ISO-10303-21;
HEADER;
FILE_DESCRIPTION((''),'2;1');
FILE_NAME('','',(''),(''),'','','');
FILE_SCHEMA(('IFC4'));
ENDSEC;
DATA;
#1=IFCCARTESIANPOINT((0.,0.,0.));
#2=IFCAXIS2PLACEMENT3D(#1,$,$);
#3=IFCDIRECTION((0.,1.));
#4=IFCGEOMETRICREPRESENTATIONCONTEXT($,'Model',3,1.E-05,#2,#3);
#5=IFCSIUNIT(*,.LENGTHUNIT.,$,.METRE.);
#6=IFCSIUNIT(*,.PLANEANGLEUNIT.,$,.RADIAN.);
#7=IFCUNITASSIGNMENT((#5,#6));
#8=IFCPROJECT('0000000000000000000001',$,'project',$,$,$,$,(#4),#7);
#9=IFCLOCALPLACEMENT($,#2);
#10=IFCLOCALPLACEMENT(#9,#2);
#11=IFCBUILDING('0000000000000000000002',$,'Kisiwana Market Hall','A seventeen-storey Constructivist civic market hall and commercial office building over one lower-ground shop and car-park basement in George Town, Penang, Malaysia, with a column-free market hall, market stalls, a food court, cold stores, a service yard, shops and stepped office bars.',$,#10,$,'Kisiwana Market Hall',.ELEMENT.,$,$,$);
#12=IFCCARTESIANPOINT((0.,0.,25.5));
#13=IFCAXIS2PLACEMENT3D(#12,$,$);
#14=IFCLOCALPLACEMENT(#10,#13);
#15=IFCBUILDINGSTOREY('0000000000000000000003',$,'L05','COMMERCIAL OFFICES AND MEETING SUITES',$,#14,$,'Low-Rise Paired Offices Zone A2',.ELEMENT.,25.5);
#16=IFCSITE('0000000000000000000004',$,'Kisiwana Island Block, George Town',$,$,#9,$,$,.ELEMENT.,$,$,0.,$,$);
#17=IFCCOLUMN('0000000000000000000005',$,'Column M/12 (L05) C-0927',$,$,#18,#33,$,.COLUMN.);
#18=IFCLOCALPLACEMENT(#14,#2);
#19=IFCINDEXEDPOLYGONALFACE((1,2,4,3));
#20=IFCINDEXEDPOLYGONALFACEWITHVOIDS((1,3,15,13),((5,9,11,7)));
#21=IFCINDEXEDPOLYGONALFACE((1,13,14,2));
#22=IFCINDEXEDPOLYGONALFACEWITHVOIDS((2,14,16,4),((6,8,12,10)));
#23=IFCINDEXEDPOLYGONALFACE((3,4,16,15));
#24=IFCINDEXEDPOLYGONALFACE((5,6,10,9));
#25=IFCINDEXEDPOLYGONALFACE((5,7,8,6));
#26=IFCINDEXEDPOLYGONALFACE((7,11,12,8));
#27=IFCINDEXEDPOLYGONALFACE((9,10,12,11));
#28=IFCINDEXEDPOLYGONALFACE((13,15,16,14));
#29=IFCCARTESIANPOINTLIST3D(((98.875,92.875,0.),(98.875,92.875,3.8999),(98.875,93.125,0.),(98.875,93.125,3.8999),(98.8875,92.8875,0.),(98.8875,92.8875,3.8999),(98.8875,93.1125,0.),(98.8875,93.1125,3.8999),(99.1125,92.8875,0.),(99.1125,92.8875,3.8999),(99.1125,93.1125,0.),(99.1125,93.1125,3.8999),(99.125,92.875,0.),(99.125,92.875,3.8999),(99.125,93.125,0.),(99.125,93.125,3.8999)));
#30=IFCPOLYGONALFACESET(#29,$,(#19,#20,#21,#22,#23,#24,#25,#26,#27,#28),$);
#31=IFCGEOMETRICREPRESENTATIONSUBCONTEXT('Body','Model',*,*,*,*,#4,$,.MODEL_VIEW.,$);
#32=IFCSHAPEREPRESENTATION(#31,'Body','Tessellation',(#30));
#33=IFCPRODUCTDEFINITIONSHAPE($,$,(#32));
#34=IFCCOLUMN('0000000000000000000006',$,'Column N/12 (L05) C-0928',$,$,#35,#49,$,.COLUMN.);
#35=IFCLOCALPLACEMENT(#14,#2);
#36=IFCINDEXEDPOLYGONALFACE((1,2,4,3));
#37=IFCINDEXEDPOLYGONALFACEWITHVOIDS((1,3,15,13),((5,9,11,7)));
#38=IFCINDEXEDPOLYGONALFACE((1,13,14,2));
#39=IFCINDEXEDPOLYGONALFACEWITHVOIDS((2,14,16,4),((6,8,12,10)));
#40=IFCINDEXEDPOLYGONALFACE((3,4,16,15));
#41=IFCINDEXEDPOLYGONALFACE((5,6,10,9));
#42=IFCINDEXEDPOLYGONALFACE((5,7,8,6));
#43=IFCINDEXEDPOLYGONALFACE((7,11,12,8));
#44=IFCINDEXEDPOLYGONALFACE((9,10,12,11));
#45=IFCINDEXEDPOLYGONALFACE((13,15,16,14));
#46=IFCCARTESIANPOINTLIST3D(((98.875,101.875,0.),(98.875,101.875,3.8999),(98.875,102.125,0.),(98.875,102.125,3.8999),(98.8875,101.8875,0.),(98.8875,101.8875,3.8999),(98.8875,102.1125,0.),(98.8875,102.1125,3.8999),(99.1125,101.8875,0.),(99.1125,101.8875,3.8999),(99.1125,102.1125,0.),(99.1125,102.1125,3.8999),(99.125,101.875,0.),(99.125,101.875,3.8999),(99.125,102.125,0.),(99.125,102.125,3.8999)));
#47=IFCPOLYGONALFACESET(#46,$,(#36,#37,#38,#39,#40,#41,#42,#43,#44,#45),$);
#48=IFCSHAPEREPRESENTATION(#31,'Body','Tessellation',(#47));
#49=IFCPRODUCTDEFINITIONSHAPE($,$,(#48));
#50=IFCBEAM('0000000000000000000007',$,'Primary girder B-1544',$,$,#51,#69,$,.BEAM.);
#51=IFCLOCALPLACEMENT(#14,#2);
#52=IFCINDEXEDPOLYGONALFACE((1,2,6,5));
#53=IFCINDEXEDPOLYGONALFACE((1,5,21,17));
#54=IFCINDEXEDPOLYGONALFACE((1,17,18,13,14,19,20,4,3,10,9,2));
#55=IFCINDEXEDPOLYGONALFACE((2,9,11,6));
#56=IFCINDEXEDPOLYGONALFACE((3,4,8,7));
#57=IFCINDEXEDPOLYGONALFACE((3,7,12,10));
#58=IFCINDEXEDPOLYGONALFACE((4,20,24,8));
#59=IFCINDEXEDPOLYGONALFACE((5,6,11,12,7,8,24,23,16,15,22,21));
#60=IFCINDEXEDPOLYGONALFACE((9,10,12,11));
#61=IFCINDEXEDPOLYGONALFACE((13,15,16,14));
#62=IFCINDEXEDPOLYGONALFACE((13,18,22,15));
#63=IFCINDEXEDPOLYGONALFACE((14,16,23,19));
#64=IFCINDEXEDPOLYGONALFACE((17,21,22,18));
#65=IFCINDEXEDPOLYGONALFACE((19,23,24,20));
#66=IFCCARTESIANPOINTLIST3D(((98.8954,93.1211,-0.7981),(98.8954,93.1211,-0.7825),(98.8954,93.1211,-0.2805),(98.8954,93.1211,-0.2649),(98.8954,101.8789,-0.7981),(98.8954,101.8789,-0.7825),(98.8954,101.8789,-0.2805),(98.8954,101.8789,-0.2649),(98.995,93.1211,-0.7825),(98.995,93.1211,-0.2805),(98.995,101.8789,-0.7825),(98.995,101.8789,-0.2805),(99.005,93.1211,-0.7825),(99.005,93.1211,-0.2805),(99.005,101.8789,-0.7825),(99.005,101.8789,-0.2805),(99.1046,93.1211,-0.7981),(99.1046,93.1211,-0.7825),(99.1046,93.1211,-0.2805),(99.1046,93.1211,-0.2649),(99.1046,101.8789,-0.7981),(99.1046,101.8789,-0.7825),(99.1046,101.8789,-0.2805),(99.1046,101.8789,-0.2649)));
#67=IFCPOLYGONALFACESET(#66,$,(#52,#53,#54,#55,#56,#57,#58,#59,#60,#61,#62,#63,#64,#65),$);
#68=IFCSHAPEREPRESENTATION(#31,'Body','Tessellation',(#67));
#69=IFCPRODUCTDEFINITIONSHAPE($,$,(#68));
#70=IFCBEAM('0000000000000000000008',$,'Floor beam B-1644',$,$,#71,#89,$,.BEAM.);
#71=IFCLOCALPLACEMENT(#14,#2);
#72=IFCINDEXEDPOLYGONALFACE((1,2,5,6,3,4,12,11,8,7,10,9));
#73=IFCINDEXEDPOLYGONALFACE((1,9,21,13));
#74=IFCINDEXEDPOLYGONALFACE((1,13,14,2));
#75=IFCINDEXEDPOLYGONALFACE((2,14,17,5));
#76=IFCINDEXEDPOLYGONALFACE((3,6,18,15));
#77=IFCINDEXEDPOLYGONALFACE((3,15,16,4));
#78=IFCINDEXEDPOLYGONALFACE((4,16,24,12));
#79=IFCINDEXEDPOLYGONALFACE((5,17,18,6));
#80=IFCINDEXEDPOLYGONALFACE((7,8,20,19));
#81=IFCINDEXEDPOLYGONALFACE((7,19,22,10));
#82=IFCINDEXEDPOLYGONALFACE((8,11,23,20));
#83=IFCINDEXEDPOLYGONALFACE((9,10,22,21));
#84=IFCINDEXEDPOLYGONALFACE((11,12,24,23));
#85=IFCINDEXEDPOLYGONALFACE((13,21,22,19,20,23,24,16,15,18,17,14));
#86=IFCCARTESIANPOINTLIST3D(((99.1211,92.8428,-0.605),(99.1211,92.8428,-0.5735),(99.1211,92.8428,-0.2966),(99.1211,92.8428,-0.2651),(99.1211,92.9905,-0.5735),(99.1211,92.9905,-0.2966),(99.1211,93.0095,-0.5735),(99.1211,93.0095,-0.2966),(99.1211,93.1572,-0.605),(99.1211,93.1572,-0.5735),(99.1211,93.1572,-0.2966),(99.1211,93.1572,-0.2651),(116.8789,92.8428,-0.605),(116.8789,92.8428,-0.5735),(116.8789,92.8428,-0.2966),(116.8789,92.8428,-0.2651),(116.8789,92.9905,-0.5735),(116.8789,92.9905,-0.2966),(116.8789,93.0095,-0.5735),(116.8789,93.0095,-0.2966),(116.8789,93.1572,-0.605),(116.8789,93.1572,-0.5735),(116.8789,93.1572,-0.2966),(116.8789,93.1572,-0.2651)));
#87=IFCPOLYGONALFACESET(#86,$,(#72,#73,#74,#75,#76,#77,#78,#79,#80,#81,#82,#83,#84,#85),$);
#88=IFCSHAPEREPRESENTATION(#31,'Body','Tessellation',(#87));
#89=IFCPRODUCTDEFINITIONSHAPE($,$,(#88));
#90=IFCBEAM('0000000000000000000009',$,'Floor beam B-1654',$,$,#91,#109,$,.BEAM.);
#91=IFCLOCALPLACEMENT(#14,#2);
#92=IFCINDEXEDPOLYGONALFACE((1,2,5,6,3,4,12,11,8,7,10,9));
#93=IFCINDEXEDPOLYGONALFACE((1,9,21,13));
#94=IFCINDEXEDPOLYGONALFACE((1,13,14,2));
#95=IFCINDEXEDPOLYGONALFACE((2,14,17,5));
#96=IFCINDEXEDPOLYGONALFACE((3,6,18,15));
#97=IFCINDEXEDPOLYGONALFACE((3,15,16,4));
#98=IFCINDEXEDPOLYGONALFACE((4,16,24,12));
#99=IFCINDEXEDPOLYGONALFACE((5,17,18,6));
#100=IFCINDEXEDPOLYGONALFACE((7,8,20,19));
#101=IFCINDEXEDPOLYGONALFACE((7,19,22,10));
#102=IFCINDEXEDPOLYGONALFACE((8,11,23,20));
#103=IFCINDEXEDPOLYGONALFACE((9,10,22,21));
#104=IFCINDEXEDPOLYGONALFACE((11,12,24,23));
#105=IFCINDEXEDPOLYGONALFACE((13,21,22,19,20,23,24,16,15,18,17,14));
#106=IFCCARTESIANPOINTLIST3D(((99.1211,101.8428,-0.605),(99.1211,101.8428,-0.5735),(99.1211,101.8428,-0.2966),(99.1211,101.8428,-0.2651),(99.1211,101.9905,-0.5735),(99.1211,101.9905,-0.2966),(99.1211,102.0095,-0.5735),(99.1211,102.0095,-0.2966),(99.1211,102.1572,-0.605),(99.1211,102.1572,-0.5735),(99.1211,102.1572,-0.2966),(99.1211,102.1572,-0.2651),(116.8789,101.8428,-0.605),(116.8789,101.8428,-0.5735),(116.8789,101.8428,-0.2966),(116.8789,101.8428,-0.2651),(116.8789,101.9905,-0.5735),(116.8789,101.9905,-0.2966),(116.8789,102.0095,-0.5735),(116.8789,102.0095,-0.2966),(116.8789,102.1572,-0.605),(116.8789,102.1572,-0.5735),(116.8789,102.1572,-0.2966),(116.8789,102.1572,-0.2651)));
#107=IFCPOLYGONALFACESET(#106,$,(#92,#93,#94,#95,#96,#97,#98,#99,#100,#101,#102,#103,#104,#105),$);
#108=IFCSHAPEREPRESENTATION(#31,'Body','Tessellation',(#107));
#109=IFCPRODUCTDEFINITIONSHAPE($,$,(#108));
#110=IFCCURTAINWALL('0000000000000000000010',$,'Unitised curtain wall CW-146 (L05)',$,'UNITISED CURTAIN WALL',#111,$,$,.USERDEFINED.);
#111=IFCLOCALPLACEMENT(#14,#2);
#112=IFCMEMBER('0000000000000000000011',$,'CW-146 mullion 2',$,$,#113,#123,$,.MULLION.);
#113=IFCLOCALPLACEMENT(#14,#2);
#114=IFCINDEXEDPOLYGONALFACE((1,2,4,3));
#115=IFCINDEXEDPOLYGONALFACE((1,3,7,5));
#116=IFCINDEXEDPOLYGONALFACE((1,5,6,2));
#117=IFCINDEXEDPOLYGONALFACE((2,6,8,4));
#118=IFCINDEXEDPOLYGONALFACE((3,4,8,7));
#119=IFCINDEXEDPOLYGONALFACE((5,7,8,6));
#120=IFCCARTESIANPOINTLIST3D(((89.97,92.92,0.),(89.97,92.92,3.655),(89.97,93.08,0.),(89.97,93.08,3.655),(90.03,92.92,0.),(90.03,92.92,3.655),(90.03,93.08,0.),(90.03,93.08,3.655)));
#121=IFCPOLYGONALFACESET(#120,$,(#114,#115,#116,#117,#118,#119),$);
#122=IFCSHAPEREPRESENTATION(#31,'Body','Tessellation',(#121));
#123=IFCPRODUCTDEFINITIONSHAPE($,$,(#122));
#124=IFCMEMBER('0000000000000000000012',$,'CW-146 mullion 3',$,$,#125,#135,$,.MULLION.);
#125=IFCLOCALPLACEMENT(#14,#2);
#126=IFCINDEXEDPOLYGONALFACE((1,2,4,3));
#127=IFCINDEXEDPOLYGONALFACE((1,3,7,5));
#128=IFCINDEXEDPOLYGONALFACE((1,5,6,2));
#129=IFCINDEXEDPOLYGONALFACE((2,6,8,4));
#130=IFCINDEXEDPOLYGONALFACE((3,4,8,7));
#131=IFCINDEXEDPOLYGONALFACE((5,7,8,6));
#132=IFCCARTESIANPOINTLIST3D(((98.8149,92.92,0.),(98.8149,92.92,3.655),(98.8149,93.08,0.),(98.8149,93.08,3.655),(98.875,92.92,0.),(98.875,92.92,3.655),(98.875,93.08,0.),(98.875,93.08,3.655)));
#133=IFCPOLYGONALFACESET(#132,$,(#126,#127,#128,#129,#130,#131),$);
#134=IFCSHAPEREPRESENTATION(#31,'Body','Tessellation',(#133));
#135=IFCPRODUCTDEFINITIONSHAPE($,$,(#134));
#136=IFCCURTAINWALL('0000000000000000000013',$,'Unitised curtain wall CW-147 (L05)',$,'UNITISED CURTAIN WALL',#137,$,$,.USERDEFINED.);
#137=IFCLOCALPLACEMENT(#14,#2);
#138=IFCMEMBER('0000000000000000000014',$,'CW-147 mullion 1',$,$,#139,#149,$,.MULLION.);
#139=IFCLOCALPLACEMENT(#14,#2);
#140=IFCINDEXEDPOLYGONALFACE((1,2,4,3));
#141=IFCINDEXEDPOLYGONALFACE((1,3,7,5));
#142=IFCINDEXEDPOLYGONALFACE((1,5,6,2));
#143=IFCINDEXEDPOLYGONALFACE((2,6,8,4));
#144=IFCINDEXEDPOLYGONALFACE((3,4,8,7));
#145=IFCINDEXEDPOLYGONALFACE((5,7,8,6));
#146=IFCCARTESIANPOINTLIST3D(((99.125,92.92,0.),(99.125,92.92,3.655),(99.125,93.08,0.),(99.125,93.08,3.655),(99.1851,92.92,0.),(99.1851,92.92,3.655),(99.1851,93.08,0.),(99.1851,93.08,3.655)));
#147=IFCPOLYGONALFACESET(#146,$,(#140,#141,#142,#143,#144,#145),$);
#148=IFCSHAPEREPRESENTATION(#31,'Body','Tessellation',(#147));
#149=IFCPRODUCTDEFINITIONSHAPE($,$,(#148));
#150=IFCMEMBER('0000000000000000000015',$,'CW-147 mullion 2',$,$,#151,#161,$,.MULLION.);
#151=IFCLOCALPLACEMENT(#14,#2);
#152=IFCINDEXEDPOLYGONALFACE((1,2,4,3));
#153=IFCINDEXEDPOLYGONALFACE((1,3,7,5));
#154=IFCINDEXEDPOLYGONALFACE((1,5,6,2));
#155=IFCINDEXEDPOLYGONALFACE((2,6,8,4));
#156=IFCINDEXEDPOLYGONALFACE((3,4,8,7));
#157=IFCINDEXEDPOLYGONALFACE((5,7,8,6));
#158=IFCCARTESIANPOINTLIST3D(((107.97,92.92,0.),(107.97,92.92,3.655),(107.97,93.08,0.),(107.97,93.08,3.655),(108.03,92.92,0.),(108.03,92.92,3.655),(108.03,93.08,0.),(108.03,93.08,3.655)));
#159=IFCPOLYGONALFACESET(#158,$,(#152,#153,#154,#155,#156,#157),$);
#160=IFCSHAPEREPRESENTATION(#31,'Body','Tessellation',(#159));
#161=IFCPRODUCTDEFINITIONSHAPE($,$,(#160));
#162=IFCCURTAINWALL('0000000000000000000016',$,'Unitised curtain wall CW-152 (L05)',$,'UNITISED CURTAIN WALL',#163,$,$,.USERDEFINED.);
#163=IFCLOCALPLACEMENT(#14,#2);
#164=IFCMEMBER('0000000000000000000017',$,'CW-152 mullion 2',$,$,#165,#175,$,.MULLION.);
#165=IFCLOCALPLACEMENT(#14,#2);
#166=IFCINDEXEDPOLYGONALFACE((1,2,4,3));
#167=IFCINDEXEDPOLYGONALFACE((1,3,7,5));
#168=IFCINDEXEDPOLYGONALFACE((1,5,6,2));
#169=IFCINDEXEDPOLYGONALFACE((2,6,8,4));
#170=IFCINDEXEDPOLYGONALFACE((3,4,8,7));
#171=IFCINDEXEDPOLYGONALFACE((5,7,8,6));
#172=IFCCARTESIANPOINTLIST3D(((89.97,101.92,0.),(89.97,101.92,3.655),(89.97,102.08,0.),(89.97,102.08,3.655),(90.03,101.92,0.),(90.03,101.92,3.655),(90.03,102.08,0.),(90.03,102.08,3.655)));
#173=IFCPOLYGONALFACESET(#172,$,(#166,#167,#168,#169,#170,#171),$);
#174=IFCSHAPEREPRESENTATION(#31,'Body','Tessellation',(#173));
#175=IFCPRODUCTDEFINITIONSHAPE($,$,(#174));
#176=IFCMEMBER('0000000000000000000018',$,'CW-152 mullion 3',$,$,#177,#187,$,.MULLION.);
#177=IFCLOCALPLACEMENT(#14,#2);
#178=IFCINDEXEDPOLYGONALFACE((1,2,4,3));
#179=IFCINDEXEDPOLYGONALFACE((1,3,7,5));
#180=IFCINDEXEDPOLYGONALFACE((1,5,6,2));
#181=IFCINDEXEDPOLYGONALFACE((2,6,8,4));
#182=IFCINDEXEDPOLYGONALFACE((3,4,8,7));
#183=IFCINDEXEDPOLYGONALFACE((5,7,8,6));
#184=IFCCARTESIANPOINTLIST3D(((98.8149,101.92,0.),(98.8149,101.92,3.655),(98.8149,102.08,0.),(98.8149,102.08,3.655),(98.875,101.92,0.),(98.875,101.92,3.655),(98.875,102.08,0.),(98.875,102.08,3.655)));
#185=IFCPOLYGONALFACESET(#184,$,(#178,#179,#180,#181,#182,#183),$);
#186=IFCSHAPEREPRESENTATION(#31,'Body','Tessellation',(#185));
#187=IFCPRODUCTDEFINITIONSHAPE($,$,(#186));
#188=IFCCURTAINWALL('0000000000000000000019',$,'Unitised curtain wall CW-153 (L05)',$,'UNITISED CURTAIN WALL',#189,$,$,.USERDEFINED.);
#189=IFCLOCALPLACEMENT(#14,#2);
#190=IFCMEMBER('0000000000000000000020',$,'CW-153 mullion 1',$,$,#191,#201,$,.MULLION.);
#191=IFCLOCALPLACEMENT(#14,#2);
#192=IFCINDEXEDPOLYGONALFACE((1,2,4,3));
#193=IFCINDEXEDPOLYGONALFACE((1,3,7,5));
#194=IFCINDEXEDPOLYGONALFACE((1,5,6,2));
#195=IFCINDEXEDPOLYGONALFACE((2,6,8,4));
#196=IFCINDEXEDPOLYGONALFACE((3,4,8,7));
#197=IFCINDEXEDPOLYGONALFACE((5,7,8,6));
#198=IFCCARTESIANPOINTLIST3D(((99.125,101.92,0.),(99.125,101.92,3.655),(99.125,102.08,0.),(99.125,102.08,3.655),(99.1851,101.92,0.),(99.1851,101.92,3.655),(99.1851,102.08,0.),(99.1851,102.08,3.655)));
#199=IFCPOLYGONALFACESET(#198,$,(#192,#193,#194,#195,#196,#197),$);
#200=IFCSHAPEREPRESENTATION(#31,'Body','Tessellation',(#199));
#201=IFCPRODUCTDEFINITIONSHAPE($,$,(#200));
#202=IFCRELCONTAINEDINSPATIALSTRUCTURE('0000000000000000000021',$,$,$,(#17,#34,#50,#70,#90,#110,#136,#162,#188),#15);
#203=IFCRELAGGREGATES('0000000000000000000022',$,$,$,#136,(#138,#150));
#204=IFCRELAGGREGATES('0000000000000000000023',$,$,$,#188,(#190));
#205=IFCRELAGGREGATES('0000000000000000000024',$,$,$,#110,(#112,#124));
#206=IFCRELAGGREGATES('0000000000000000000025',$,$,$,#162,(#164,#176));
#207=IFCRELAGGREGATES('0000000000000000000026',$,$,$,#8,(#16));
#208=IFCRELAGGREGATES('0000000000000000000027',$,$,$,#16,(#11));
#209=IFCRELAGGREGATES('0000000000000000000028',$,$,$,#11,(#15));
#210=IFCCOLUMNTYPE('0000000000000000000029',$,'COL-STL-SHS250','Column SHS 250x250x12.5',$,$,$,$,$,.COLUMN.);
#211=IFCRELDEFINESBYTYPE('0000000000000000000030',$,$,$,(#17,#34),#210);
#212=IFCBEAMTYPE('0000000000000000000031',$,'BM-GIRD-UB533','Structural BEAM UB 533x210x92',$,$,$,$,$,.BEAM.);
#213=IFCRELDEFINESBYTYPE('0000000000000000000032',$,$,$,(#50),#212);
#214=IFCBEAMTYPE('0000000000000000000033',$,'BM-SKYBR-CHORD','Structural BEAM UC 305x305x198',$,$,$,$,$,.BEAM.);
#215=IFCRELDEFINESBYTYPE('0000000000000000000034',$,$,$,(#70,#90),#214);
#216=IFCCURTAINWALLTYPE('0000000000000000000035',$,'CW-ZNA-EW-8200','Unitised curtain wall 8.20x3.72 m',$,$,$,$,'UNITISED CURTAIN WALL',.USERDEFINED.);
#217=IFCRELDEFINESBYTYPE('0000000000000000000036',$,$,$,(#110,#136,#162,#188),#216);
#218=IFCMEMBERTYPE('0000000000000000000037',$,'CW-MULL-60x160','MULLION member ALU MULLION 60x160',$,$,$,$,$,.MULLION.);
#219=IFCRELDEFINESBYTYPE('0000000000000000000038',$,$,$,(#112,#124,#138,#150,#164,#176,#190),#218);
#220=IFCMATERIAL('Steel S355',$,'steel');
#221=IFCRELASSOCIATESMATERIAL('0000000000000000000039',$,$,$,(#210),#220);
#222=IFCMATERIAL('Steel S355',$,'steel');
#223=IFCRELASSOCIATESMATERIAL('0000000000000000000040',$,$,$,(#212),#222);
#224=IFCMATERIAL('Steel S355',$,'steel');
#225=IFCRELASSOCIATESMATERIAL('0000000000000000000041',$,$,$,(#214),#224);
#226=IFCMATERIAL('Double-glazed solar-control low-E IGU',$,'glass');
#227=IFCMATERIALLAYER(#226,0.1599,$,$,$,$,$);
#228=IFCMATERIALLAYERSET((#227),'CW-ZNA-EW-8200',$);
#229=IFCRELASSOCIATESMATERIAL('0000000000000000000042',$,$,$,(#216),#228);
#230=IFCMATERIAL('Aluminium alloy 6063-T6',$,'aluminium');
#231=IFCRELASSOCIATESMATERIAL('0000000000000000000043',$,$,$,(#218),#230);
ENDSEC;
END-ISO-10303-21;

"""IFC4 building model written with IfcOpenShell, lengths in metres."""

from ifc_helpers import new_model, si_unit, direction, frame, origin, origin_2d, place, context, subcontext, project, spatial, rectangle, hollow_rectangle, i_section, extrude, material, layer, layer_set, material_profile, profile_set, type_object, element, aggregate, save


model = new_model("IFC4")

# Units and contexts
model_context = context("Model", 3, precision=1e-05, world=origin(), true_north=direction((0.0, 1.0)))
body_context = subcontext(model_context, "Body", "Model", "MODEL_VIEW")
ifc_project = project(units=[si_unit("LENGTHUNIT", "METRE"), si_unit("PLANEANGLEUNIT", "RADIAN")], contexts=[model_context])

# Site, building, storey
site_placement = place(None, origin())
site = spatial("IfcSite", under=ifc_project, at=site_placement, Name="Kisiwana Island Block, George Town", CompositionType="ELEMENT", RefElevation=0.0)
building_placement = place(site_placement, origin())
building = spatial("IfcBuilding", under=site, at=building_placement, Name="Kisiwana Market Hall", Description="A seventeen-storey Constructivist civic market hall and commercial office building over one lower-ground shop and car-park basement in George Town, Penang, Malaysia, with a column-free market hall, market stalls, a food court, cold stores, a service yard, shops and stepped office bars.", LongName="Kisiwana Market Hall", CompositionType="ELEMENT")
storey_placement = place(building_placement, frame((0.0, 0.0, 25.5)))
storey = spatial("IfcBuildingStorey", under=building, at=storey_placement, Name="L05", Description="COMMERCIAL OFFICES AND MEETING SUITES", LongName="Low-Rise Paired Offices Zone A2", CompositionType="ELEMENT", Elevation=25.5)

# Columns
ifc_material_1 = material(Name="Steel S355", Category="steel")
ifc_material_profile_1 = material_profile(ifc_material_1, hollow_rectangle(XDim=0.25, YDim=0.25, WallThickness=0.0125, at=origin_2d()), Name="SHS 250x250x12.5")
ifc_profile_set_1 = profile_set([ifc_material_profile_1], Name="Steel S355")
column_type = type_object("IfcColumnType", Name="COL-STL-SHS250", Description="Column SHS 250x250x12.5", PredefinedType="COLUMN", material=ifc_profile_set_1)
for number, where, z_axis, x_axis, name in (
    (1, (99.0, 93.0, 0.0), (0.0, 0.0, 1.0), (1.0, 0.0, 0.0), "Column M/12 (L05) C-0927"),
    (2, (99.0, 102.0, 0.0), (0.0, 0.0, 1.0), (1.0, 0.0, 0.0), "Column N/12 (L05) C-0928"),
):
    element("IfcColumn", number, at=place(storey_placement, frame(where, z_axis=z_axis, x_axis=x_axis)), inside=storey, type_object=column_type, Name=name, PredefinedType="COLUMN", context=body_context, shape_type="SweptSolid", body=[
        extrude(hollow_rectangle(XDim=0.25, YDim=0.25, WallThickness=0.0125, at=origin_2d()), origin(), (0.0, 0.0, 1.0), 3.8999),
    ])

# Beams
ifc_material_2 = material(Name="Steel S355", Category="steel")
ifc_material_profile_2 = material_profile(ifc_material_2, i_section(OverallWidth=0.2092, OverallDepth=0.5332, WebThickness=0.01, FlangeThickness=0.0156, at=origin_2d()), Name="UB 533x210x92")
ifc_profile_set_2 = profile_set([ifc_material_profile_2], Name="Steel S355")
beam_type_1 = type_object("IfcBeamType", Name="BM-GIRD-UB533", Description="Structural BEAM UB 533x210x92", PredefinedType="BEAM", material=ifc_profile_set_2)
beam_placement = place(storey_placement, frame((99.0, 93.1211, -0.5315), z_axis=(0.0, 1.0, 0.0), x_axis=(-1.0, 0.0, 0.0)))
element("IfcBeam", 3, at=beam_placement, inside=storey, type_object=beam_type_1, Name="Primary girder B-1544", PredefinedType="BEAM", context=body_context, shape_type="SweptSolid", body=[
    extrude(i_section(OverallWidth=0.2092, OverallDepth=0.5332, WebThickness=0.01, FlangeThickness=0.0156, at=origin_2d()), origin(), (0.0, 0.0, 1.0), 8.7578),
])
ifc_material_3 = material(Name="Steel S355", Category="steel")
ifc_material_profile_3 = material_profile(ifc_material_3, i_section(OverallWidth=0.3145, OverallDepth=0.3398, WebThickness=0.019, FlangeThickness=0.0315, at=origin_2d()), Name="UC 305x305x198")
ifc_profile_set_3 = profile_set([ifc_material_profile_3], Name="Steel S355")
beam_type_2 = type_object("IfcBeamType", Name="BM-SKYBR-CHORD", Description="Structural BEAM UC 305x305x198", PredefinedType="BEAM", material=ifc_profile_set_3)
for number, where, z_axis, x_axis, name in (
    (4, (99.1211, 93.0, -0.4351), (1.0, 0.0, 0.0), (0.0, 1.0, 0.0), "Floor beam B-1644"),
    (5, (99.1211, 102.0, -0.4351), (1.0, 0.0, 0.0), (0.0, 1.0, 0.0), "Floor beam B-1654"),
):
    element("IfcBeam", number, at=place(storey_placement, frame(where, z_axis=z_axis, x_axis=x_axis)), inside=storey, type_object=beam_type_2, Name=name, PredefinedType="BEAM", context=body_context, shape_type="SweptSolid", body=[
        extrude(i_section(OverallWidth=0.3145, OverallDepth=0.3398, WebThickness=0.019, FlangeThickness=0.0315, at=origin_2d()), origin(), (0.0, 0.0, 1.0), 17.7578),
    ])

# Curtain walls, members
ifc_material_4 = material(Name="Double-glazed solar-control low-E IGU", Category="glass")
ifc_layer_1 = layer(ifc_material_4, 0.1599)
ifc_layer_set_1 = layer_set([ifc_layer_1], Name="CW-ZNA-EW-8200")
curtain_wall_type = type_object("IfcCurtainWallType", Name="CW-ZNA-EW-8200", Description="Unitised curtain wall 8.20x3.72 m", ElementType="UNITISED CURTAIN WALL", PredefinedType="USERDEFINED", material=ifc_layer_set_1)
curtain_wall_1_placement = place(storey_placement, origin())
curtain_wall_1 = element("IfcCurtainWall", 6, at=curtain_wall_1_placement, inside=storey, type_object=curtain_wall_type, Name="Unitised curtain wall CW-146 (L05)", ObjectType="UNITISED CURTAIN WALL", PredefinedType="USERDEFINED")
ifc_material_5 = material(Name="Aluminium alloy 6063-T6", Category="aluminium")
ifc_material_profile_4 = material_profile(ifc_material_5, rectangle(XDim=0.0601, YDim=0.1599, at=origin_2d()), Name="ALU MULLION 60x160")
ifc_profile_set_4 = profile_set([ifc_material_profile_4], Name="Aluminium alloy 6063-T6")
member_type_1 = type_object("IfcMemberType", Name="CW-MULL-60x160", Description="MULLION member ALU MULLION 60x160", PredefinedType="MULLION", material=ifc_profile_set_4)
member_1_placement = place(storey_placement, frame((90.0, 93.0, 0.0), z_axis=(0.0, 0.0, 1.0), x_axis=(1.0, 0.0, 0.0)))
member_1 = element("IfcMember", 7, at=member_1_placement, type_object=member_type_1, Name="CW-146 mullion 2", PredefinedType="MULLION", context=body_context, shape_type="SweptSolid", body=[
    extrude(rectangle(XDim=0.0601, YDim=0.1599, at=origin_2d()), origin(), (0.0, 0.0, 1.0), 3.655),
])
member_2_placement = place(storey_placement, frame((98.845, 93.0, 0.0), z_axis=(0.0, 0.0, 1.0), x_axis=(1.0, 0.0, 0.0)))
member_2 = element("IfcMember", 8, at=member_2_placement, type_object=member_type_1, Name="CW-146 mullion 3", PredefinedType="MULLION", context=body_context, shape_type="SweptSolid", body=[
    extrude(rectangle(XDim=0.0601, YDim=0.1599, at=origin_2d()), origin(), (0.0, 0.0, 1.0), 3.655),
])
curtain_wall_2_placement = place(storey_placement, origin())
curtain_wall_2 = element("IfcCurtainWall", 9, at=curtain_wall_2_placement, inside=storey, type_object=curtain_wall_type, Name="Unitised curtain wall CW-147 (L05)", ObjectType="UNITISED CURTAIN WALL", PredefinedType="USERDEFINED")
member_3_placement = place(storey_placement, frame((99.155, 93.0, 0.0), z_axis=(0.0, 0.0, 1.0), x_axis=(1.0, 0.0, 0.0)))
member_3 = element("IfcMember", 10, at=member_3_placement, type_object=member_type_1, Name="CW-147 mullion 1", PredefinedType="MULLION", context=body_context, shape_type="SweptSolid", body=[
    extrude(rectangle(XDim=0.0601, YDim=0.1599, at=origin_2d()), origin(), (0.0, 0.0, 1.0), 3.655),
])
member_4_placement = place(storey_placement, frame((108.0, 93.0, 0.0), z_axis=(0.0, 0.0, 1.0), x_axis=(1.0, 0.0, 0.0)))
member_4 = element("IfcMember", 11, at=member_4_placement, type_object=member_type_1, Name="CW-147 mullion 2", PredefinedType="MULLION", context=body_context, shape_type="SweptSolid", body=[
    extrude(rectangle(XDim=0.0601, YDim=0.1599, at=origin_2d()), origin(), (0.0, 0.0, 1.0), 3.655),
])
curtain_wall_3_placement = place(storey_placement, origin())
curtain_wall_3 = element("IfcCurtainWall", 12, at=curtain_wall_3_placement, inside=storey, type_object=curtain_wall_type, Name="Unitised curtain wall CW-152 (L05)", ObjectType="UNITISED CURTAIN WALL", PredefinedType="USERDEFINED")
member_5_placement = place(storey_placement, frame((90.0, 102.0, 0.0), z_axis=(0.0, 0.0, 1.0), x_axis=(1.0, 0.0, 0.0)))
member_5 = element("IfcMember", 13, at=member_5_placement, type_object=member_type_1, Name="CW-152 mullion 2", PredefinedType="MULLION", context=body_context, shape_type="SweptSolid", body=[
    extrude(rectangle(XDim=0.0601, YDim=0.1599, at=origin_2d()), origin(), (0.0, 0.0, 1.0), 3.655),
])
member_6_placement = place(storey_placement, frame((98.845, 102.0, 0.0), z_axis=(0.0, 0.0, 1.0), x_axis=(1.0, 0.0, 0.0)))
member_6 = element("IfcMember", 14, at=member_6_placement, type_object=member_type_1, Name="CW-152 mullion 3", PredefinedType="MULLION", context=body_context, shape_type="SweptSolid", body=[
    extrude(rectangle(XDim=0.0601, YDim=0.1599, at=origin_2d()), origin(), (0.0, 0.0, 1.0), 3.655),
])
curtain_wall_4_placement = place(storey_placement, origin())
curtain_wall_4 = element("IfcCurtainWall", 15, at=curtain_wall_4_placement, inside=storey, type_object=curtain_wall_type, Name="Unitised curtain wall CW-153 (L05)", ObjectType="UNITISED CURTAIN WALL", PredefinedType="USERDEFINED")
member_7_placement = place(storey_placement, frame((99.155, 102.0, 0.0), z_axis=(0.0, 0.0, 1.0), x_axis=(1.0, 0.0, 0.0)))
member_7 = element("IfcMember", 16, at=member_7_placement, type_object=member_type_1, Name="CW-153 mullion 1", PredefinedType="MULLION", context=body_context, shape_type="SweptSolid", body=[
    extrude(rectangle(XDim=0.0601, YDim=0.1599, at=origin_2d()), origin(), (0.0, 0.0, 1.0), 3.655),
])

aggregate(curtain_wall_2, [member_3, member_4])
aggregate(curtain_wall_4, [member_7])
aggregate(curtain_wall_1, [member_1, member_2])
aggregate(curtain_wall_3, [member_5, member_6])

save(model, "model.ifc")
